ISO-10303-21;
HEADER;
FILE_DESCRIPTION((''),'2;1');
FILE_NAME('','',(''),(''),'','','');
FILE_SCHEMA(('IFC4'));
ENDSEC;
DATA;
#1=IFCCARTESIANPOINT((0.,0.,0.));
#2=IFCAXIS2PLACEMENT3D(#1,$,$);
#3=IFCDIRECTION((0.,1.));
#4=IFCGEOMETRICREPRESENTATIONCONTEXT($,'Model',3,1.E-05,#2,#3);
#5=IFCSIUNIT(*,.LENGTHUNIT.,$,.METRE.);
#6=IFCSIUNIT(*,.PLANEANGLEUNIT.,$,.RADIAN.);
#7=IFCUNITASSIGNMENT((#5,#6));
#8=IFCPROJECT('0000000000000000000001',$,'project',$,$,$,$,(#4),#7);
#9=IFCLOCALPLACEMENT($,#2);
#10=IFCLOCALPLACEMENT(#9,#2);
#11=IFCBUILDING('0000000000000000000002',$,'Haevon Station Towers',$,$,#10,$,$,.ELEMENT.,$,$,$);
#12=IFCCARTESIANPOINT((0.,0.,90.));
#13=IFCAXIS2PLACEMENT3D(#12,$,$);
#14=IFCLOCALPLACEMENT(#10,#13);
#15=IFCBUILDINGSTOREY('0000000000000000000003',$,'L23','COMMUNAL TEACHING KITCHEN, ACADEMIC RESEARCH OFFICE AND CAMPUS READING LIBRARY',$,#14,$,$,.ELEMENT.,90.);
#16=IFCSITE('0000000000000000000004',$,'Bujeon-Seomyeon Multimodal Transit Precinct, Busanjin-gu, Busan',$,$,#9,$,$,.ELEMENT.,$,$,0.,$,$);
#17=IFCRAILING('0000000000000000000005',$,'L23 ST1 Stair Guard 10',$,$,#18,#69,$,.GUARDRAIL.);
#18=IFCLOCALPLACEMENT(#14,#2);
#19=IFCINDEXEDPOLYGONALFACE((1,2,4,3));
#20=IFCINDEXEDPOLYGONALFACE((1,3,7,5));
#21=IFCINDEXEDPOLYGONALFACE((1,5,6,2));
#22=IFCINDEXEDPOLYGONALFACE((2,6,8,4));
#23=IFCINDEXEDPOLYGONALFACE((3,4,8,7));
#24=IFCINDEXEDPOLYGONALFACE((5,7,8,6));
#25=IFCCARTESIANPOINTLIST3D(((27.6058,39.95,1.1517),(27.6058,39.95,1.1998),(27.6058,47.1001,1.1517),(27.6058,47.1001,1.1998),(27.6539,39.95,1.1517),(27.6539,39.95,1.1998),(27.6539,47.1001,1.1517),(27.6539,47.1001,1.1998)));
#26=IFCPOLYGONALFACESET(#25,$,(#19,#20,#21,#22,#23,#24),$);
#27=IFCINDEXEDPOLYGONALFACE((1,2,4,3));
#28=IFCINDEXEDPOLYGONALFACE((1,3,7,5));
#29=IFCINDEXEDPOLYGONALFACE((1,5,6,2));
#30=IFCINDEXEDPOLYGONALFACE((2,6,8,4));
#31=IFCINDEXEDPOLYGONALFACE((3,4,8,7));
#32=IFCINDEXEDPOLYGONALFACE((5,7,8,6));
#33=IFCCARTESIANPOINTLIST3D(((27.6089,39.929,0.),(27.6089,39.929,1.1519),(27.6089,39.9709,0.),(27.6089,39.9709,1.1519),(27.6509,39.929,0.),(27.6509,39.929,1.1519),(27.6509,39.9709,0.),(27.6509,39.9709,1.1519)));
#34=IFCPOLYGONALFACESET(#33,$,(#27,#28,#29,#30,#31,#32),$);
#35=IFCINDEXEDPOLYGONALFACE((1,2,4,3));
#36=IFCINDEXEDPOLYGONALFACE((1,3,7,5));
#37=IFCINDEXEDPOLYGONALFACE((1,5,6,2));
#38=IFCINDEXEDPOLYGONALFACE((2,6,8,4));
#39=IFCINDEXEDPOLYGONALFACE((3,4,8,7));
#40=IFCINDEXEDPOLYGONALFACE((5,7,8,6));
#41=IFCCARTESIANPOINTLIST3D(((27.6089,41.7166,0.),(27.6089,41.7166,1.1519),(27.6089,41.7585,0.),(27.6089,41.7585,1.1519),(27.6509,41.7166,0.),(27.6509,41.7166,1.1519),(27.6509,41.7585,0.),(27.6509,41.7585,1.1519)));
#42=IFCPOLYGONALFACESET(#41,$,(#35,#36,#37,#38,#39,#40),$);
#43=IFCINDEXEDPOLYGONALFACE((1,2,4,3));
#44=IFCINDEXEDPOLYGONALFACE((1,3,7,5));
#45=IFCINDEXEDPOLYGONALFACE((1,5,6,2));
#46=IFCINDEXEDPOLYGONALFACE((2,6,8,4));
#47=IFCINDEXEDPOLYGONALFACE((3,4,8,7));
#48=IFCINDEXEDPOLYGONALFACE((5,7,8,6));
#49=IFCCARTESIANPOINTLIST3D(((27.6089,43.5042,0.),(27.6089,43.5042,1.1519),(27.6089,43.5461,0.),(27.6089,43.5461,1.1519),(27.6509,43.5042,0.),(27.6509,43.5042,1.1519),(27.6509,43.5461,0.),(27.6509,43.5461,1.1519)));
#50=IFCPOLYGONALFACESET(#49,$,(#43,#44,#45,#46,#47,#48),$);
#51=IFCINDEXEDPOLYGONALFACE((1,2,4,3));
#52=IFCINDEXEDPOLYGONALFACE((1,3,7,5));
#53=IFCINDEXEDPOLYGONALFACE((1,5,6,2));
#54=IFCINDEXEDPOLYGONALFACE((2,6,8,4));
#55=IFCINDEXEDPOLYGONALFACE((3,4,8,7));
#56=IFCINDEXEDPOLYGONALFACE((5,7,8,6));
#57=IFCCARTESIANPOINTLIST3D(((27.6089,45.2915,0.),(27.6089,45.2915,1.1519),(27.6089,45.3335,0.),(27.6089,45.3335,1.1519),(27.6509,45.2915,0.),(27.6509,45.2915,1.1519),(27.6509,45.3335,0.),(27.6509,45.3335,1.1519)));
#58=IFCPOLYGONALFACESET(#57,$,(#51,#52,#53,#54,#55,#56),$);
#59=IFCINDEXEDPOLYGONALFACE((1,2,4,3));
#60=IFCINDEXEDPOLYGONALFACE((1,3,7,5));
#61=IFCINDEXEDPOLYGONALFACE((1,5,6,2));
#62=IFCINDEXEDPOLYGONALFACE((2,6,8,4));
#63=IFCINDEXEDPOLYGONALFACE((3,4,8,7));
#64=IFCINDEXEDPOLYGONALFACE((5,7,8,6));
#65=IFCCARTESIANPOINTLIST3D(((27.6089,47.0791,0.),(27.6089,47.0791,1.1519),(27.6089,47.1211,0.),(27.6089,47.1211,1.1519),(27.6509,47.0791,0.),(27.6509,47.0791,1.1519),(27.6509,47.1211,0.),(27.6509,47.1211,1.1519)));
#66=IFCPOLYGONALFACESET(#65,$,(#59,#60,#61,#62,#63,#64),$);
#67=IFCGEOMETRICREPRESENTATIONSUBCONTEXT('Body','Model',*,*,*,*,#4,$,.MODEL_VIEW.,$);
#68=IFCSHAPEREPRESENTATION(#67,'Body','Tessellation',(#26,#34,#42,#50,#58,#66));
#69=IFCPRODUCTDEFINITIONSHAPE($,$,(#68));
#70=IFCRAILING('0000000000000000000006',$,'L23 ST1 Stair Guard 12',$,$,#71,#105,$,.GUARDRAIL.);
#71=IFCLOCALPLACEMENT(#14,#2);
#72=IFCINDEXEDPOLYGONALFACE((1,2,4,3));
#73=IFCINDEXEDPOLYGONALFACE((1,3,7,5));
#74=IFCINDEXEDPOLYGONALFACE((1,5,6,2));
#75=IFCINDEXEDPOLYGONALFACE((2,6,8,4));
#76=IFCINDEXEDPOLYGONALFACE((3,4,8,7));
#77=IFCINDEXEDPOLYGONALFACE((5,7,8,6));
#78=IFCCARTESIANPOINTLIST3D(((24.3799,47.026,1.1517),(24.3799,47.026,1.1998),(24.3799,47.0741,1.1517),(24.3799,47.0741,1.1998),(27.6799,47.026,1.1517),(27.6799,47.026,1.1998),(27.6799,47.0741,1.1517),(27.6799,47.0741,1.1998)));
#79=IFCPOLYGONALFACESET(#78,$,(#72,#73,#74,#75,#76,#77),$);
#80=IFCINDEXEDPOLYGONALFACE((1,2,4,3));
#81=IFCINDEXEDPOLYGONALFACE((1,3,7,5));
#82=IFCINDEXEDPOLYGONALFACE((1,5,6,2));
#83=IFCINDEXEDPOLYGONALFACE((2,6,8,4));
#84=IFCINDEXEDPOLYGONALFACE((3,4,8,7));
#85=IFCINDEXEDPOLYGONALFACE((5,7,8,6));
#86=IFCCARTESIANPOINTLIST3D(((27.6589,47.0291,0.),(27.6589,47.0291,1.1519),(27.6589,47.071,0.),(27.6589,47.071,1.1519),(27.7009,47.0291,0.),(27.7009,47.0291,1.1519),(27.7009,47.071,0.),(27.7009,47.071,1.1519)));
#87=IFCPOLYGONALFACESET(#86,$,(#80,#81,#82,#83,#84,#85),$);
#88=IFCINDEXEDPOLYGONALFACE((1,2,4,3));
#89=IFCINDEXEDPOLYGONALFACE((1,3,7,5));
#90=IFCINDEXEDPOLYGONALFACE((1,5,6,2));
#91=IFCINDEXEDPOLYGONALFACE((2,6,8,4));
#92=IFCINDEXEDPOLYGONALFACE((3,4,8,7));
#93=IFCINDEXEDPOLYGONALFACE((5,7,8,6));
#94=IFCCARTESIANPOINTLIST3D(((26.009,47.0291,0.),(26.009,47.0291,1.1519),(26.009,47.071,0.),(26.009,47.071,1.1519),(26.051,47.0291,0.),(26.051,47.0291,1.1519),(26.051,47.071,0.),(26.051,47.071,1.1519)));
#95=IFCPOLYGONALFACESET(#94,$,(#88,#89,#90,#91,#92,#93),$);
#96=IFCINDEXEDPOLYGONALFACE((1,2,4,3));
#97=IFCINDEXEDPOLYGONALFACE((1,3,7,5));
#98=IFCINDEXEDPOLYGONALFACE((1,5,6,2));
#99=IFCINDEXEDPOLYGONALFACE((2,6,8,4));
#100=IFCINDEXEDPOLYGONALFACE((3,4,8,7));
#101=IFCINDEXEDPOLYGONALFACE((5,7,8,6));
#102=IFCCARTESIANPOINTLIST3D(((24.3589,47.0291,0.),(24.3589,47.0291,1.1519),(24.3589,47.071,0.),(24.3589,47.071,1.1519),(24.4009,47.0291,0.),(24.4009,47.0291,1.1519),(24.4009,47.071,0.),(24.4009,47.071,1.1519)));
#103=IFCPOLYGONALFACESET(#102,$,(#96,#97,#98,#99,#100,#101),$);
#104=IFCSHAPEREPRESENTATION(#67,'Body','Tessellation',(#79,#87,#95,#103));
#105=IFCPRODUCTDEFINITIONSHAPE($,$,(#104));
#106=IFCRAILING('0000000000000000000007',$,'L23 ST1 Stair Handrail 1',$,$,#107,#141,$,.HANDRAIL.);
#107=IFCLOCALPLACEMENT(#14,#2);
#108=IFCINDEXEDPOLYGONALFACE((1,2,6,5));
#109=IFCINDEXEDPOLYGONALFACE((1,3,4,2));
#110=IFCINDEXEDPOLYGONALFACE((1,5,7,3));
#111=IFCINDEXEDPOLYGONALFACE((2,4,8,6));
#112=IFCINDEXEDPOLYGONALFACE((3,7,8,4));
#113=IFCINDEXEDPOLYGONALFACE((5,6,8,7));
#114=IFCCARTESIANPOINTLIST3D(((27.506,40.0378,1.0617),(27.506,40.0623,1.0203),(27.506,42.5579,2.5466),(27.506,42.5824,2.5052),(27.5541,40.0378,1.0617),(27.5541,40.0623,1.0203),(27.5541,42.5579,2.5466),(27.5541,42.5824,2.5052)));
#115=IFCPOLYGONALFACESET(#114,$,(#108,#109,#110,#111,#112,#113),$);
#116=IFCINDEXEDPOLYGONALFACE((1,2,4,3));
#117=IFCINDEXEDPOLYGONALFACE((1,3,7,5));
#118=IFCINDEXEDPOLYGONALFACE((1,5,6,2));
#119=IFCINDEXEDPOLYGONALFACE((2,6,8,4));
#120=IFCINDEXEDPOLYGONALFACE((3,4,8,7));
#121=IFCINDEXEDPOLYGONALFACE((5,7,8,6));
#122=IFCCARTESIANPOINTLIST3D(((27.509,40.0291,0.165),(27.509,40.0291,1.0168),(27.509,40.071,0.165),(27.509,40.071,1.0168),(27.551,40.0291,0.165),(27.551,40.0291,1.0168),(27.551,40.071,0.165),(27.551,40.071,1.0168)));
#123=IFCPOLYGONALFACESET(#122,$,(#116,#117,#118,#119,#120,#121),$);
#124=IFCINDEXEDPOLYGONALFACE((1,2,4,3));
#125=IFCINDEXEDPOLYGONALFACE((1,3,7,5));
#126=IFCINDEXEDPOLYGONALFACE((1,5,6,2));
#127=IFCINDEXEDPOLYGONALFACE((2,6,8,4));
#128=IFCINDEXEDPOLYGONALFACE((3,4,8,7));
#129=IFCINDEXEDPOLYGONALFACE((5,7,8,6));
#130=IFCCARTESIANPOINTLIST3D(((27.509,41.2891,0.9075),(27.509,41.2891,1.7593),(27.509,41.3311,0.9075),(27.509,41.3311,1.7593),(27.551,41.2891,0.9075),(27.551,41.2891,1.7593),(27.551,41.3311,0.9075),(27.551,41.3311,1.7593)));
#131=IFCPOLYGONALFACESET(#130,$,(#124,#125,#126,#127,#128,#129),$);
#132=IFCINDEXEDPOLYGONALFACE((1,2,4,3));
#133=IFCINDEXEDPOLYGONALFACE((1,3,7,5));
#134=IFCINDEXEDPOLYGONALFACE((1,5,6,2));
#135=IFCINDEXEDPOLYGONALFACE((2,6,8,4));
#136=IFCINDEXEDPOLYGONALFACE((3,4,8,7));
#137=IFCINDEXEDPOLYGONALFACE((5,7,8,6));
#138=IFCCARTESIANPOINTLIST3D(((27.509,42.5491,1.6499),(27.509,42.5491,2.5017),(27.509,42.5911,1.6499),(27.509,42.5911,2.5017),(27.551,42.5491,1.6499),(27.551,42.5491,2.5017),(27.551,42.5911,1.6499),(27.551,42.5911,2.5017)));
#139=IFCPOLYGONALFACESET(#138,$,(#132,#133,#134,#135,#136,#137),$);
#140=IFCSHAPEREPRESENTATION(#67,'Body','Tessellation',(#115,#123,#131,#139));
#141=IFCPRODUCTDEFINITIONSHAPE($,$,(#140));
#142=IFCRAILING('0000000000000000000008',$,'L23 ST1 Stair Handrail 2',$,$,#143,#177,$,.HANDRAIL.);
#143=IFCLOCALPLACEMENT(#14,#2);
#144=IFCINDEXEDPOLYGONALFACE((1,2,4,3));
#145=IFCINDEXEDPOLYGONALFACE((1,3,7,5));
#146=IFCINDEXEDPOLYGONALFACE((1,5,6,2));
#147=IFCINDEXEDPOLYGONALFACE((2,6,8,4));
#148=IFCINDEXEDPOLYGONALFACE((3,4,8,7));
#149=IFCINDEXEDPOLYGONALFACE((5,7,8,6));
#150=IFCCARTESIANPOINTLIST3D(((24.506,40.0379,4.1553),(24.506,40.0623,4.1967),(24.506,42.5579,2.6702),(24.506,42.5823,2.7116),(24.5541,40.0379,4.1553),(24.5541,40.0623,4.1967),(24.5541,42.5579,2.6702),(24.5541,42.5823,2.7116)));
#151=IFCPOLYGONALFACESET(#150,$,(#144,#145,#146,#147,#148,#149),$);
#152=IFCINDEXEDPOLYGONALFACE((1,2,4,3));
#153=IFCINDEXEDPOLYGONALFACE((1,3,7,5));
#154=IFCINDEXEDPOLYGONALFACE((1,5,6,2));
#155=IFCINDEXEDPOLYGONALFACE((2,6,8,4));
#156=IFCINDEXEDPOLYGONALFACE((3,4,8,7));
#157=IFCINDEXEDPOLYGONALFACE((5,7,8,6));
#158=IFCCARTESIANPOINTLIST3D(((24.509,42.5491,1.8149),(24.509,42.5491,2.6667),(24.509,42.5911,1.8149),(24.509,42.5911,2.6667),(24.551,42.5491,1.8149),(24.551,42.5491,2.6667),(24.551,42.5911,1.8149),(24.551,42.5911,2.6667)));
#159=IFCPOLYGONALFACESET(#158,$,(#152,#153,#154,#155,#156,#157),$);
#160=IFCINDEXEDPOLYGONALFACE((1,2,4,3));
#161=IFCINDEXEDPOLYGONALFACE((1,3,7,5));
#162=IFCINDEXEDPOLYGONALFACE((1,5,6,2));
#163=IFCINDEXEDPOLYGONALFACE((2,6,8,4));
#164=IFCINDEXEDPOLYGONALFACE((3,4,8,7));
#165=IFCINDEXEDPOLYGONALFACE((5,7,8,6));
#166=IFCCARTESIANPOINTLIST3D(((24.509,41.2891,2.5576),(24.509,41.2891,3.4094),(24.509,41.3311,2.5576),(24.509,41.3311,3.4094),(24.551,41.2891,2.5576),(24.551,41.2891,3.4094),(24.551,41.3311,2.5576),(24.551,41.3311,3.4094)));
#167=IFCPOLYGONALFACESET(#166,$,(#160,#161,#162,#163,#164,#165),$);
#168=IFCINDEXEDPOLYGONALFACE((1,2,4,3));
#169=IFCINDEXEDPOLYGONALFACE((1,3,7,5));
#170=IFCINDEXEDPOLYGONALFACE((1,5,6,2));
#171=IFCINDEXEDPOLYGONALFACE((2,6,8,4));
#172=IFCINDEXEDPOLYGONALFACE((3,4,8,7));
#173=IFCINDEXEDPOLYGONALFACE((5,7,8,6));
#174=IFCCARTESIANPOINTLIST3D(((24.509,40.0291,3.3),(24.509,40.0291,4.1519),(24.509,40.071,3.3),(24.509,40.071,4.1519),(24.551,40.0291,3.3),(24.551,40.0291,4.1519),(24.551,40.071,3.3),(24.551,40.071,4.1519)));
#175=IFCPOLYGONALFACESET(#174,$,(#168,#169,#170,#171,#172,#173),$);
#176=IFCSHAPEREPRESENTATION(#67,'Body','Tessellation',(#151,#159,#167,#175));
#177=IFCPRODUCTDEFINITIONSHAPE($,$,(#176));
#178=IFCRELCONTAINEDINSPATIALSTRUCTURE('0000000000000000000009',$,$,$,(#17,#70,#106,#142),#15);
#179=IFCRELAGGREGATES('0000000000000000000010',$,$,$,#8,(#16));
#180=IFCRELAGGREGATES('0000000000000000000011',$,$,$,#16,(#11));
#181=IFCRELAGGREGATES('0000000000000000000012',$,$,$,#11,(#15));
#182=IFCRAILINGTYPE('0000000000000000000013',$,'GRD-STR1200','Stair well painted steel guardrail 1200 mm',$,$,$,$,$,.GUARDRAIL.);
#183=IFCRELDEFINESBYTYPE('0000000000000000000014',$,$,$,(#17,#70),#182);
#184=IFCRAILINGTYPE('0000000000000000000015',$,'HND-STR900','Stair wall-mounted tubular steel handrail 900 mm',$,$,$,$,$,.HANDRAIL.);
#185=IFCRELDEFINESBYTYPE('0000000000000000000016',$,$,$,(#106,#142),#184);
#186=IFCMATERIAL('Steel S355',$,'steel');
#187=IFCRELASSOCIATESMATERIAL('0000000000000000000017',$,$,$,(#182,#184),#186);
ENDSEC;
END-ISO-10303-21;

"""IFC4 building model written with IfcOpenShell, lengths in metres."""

from ifc_helpers import new_model, si_unit, direction, frame, origin, origin_2d, place, context, subcontext, project, spatial, rectangle, extrude, material, type_object, element, save


model = new_model("IFC4")

# Units and contexts
model_context = context("Model", 3, precision=1e-05, world=origin(), true_north=direction((0.0, 1.0)))
body_context = subcontext(model_context, "Body", "Model", "MODEL_VIEW")
ifc_project = project(units=[si_unit("LENGTHUNIT", "METRE"), si_unit("PLANEANGLEUNIT", "RADIAN")], contexts=[model_context])

# Site, building, storey
site_placement = place(None, origin())
site = spatial("IfcSite", under=ifc_project, at=site_placement, Name="Bujeon-Seomyeon Multimodal Transit Precinct, Busanjin-gu, Busan", CompositionType="ELEMENT", RefElevation=0.0)
building_placement = place(site_placement, origin())
building = spatial("IfcBuilding", under=site, at=building_placement, Name="Haevon Station Towers", CompositionType="ELEMENT")
storey_placement = place(building_placement, frame((0.0, 0.0, 90.0)))
storey = spatial("IfcBuildingStorey", under=building, at=storey_placement, Name="L23", Description="COMMUNAL TEACHING KITCHEN, ACADEMIC RESEARCH OFFICE AND CAMPUS READING LIBRARY", CompositionType="ELEMENT", Elevation=90.0)

# Shared definitions
ifc_material_1 = material(Name="Steel S355", Category="steel")

# Railings
railing_type_1 = type_object("IfcRailingType", Name="GRD-STR1200", Description="Stair well painted steel guardrail 1200 mm", PredefinedType="GUARDRAIL", material=ifc_material_1)
railing_1_placement = place(storey_placement, frame((27.6299, 39.95, 0.0)))
element("IfcRailing", 1, at=railing_1_placement, inside=storey, type_object=railing_type_1, Name="L23 ST1 Stair Guard 10", PredefinedType="GUARDRAIL", context=body_context, shape_type="SweptSolid", body=[
    extrude(rectangle(XDim=0.0481, YDim=0.0481, at=origin_2d()), frame((0.0, 0.0, 1.1758), z_axis=(0.0, 1.0, 0.0), x_axis=(-1.0, 0.0, 0.0)), (0.0, 0.0, 1.0), 7.1501),
    extrude(rectangle(XDim=0.042, YDim=0.042, at=origin_2d()), origin(), (0.0, 0.0, 1.0), 1.1519),
    extrude(rectangle(XDim=0.042, YDim=0.042, at=origin_2d()), frame((0.0, 1.7876, 0.0)), (0.0, 0.0, 1.0), 1.1519),
    extrude(rectangle(XDim=0.042, YDim=0.042, at=origin_2d()), frame((0.0, 3.5752, 0.0)), (0.0, 0.0, 1.0), 1.1519),
    extrude(rectangle(XDim=0.042, YDim=0.042, at=origin_2d()), frame((0.0, 5.3625, 0.0)), (0.0, 0.0, 1.0), 1.1519),
    extrude(rectangle(XDim=0.042, YDim=0.042, at=origin_2d()), frame((0.0, 7.1501, 0.0)), (0.0, 0.0, 1.0), 1.1519),
])
railing_2_placement = place(storey_placement, frame((27.6799, 47.05, 0.0)))
element("IfcRailing", 2, at=railing_2_placement, inside=storey, type_object=railing_type_1, Name="L23 ST1 Stair Guard 12", PredefinedType="GUARDRAIL", context=body_context, shape_type="SweptSolid", body=[
    extrude(rectangle(XDim=0.0481, YDim=0.0481, at=origin_2d()), frame((0.0, 0.0, 1.1758), z_axis=(-1.0, 0.0, 0.0), x_axis=(0.0, -1.0, 0.0)), (0.0, 0.0, 1.0), 3.3),
    extrude(rectangle(XDim=0.042, YDim=0.042, at=origin_2d()), origin(), (0.0, 0.0, 1.0), 1.1519),
    extrude(rectangle(XDim=0.042, YDim=0.042, at=origin_2d()), frame((-1.6499, 0.0, 0.0)), (0.0, 0.0, 1.0), 1.1519),
    extrude(rectangle(XDim=0.042, YDim=0.042, at=origin_2d()), frame((-3.3, 0.0, 0.0)), (0.0, 0.0, 1.0), 1.1519),
])
railing_type_2 = type_object("IfcRailingType", Name="HND-STR900", Description="Stair wall-mounted tubular steel handrail 900 mm", PredefinedType="HANDRAIL", material=ifc_material_1)
railing_3_placement = place(storey_placement, frame((27.53, 40.05, 0.165)))
element("IfcRailing", 3, at=railing_3_placement, inside=storey, type_object=railing_type_2, Name="L23 ST1 Stair Handrail 1", PredefinedType="HANDRAIL", context=body_context, shape_type="SweptSolid", body=[
    extrude(rectangle(XDim=0.0481, YDim=0.0481, at=origin_2d()), frame((0.0, 0.0, 0.876), z_axis=(0.0, 0.861561, 0.507655), x_axis=(-1.0, 0.0, 0.0)), (0.0, 0.0, 1.0), 2.925),
    extrude(rectangle(XDim=0.042, YDim=0.042, at=origin_2d()), origin(), (0.0, 0.0, 1.0), 0.8518),
    extrude(rectangle(XDim=0.042, YDim=0.042, at=origin_2d()), frame((0.0, 1.26, 0.7424)), (0.0, 0.0, 1.0), 0.8518),
    extrude(rectangle(XDim=0.042, YDim=0.042, at=origin_2d()), frame((0.0, 2.52, 1.4849)), (0.0, 0.0, 1.0), 0.8518),
])
railing_4_placement = place(storey_placement, frame((24.53, 42.5701, 1.8149)))
element("IfcRailing", 4, at=railing_4_placement, inside=storey, type_object=railing_type_2, Name="L23 ST1 Stair Handrail 2", PredefinedType="HANDRAIL", context=body_context, shape_type="SweptSolid", body=[
    extrude(rectangle(XDim=0.0481, YDim=0.0481, at=origin_2d()), frame((0.0, 0.0, 0.876), z_axis=(0.0, -0.861524, 0.507717), x_axis=(1.0, 0.0, 0.0)), (0.0, 0.0, 1.0), 2.925),
    extrude(rectangle(XDim=0.042, YDim=0.042, at=origin_2d()), origin(), (0.0, 0.0, 1.0), 0.8518),
    extrude(rectangle(XDim=0.042, YDim=0.042, at=origin_2d()), frame((0.0, -1.26, 0.7427)), (0.0, 0.0, 1.0), 0.8518),
    extrude(rectangle(XDim=0.042, YDim=0.042, at=origin_2d()), frame((0.0, -2.52, 1.4851)), (0.0, 0.0, 1.0), 0.8518),
])

save(model, "model.ifc")
